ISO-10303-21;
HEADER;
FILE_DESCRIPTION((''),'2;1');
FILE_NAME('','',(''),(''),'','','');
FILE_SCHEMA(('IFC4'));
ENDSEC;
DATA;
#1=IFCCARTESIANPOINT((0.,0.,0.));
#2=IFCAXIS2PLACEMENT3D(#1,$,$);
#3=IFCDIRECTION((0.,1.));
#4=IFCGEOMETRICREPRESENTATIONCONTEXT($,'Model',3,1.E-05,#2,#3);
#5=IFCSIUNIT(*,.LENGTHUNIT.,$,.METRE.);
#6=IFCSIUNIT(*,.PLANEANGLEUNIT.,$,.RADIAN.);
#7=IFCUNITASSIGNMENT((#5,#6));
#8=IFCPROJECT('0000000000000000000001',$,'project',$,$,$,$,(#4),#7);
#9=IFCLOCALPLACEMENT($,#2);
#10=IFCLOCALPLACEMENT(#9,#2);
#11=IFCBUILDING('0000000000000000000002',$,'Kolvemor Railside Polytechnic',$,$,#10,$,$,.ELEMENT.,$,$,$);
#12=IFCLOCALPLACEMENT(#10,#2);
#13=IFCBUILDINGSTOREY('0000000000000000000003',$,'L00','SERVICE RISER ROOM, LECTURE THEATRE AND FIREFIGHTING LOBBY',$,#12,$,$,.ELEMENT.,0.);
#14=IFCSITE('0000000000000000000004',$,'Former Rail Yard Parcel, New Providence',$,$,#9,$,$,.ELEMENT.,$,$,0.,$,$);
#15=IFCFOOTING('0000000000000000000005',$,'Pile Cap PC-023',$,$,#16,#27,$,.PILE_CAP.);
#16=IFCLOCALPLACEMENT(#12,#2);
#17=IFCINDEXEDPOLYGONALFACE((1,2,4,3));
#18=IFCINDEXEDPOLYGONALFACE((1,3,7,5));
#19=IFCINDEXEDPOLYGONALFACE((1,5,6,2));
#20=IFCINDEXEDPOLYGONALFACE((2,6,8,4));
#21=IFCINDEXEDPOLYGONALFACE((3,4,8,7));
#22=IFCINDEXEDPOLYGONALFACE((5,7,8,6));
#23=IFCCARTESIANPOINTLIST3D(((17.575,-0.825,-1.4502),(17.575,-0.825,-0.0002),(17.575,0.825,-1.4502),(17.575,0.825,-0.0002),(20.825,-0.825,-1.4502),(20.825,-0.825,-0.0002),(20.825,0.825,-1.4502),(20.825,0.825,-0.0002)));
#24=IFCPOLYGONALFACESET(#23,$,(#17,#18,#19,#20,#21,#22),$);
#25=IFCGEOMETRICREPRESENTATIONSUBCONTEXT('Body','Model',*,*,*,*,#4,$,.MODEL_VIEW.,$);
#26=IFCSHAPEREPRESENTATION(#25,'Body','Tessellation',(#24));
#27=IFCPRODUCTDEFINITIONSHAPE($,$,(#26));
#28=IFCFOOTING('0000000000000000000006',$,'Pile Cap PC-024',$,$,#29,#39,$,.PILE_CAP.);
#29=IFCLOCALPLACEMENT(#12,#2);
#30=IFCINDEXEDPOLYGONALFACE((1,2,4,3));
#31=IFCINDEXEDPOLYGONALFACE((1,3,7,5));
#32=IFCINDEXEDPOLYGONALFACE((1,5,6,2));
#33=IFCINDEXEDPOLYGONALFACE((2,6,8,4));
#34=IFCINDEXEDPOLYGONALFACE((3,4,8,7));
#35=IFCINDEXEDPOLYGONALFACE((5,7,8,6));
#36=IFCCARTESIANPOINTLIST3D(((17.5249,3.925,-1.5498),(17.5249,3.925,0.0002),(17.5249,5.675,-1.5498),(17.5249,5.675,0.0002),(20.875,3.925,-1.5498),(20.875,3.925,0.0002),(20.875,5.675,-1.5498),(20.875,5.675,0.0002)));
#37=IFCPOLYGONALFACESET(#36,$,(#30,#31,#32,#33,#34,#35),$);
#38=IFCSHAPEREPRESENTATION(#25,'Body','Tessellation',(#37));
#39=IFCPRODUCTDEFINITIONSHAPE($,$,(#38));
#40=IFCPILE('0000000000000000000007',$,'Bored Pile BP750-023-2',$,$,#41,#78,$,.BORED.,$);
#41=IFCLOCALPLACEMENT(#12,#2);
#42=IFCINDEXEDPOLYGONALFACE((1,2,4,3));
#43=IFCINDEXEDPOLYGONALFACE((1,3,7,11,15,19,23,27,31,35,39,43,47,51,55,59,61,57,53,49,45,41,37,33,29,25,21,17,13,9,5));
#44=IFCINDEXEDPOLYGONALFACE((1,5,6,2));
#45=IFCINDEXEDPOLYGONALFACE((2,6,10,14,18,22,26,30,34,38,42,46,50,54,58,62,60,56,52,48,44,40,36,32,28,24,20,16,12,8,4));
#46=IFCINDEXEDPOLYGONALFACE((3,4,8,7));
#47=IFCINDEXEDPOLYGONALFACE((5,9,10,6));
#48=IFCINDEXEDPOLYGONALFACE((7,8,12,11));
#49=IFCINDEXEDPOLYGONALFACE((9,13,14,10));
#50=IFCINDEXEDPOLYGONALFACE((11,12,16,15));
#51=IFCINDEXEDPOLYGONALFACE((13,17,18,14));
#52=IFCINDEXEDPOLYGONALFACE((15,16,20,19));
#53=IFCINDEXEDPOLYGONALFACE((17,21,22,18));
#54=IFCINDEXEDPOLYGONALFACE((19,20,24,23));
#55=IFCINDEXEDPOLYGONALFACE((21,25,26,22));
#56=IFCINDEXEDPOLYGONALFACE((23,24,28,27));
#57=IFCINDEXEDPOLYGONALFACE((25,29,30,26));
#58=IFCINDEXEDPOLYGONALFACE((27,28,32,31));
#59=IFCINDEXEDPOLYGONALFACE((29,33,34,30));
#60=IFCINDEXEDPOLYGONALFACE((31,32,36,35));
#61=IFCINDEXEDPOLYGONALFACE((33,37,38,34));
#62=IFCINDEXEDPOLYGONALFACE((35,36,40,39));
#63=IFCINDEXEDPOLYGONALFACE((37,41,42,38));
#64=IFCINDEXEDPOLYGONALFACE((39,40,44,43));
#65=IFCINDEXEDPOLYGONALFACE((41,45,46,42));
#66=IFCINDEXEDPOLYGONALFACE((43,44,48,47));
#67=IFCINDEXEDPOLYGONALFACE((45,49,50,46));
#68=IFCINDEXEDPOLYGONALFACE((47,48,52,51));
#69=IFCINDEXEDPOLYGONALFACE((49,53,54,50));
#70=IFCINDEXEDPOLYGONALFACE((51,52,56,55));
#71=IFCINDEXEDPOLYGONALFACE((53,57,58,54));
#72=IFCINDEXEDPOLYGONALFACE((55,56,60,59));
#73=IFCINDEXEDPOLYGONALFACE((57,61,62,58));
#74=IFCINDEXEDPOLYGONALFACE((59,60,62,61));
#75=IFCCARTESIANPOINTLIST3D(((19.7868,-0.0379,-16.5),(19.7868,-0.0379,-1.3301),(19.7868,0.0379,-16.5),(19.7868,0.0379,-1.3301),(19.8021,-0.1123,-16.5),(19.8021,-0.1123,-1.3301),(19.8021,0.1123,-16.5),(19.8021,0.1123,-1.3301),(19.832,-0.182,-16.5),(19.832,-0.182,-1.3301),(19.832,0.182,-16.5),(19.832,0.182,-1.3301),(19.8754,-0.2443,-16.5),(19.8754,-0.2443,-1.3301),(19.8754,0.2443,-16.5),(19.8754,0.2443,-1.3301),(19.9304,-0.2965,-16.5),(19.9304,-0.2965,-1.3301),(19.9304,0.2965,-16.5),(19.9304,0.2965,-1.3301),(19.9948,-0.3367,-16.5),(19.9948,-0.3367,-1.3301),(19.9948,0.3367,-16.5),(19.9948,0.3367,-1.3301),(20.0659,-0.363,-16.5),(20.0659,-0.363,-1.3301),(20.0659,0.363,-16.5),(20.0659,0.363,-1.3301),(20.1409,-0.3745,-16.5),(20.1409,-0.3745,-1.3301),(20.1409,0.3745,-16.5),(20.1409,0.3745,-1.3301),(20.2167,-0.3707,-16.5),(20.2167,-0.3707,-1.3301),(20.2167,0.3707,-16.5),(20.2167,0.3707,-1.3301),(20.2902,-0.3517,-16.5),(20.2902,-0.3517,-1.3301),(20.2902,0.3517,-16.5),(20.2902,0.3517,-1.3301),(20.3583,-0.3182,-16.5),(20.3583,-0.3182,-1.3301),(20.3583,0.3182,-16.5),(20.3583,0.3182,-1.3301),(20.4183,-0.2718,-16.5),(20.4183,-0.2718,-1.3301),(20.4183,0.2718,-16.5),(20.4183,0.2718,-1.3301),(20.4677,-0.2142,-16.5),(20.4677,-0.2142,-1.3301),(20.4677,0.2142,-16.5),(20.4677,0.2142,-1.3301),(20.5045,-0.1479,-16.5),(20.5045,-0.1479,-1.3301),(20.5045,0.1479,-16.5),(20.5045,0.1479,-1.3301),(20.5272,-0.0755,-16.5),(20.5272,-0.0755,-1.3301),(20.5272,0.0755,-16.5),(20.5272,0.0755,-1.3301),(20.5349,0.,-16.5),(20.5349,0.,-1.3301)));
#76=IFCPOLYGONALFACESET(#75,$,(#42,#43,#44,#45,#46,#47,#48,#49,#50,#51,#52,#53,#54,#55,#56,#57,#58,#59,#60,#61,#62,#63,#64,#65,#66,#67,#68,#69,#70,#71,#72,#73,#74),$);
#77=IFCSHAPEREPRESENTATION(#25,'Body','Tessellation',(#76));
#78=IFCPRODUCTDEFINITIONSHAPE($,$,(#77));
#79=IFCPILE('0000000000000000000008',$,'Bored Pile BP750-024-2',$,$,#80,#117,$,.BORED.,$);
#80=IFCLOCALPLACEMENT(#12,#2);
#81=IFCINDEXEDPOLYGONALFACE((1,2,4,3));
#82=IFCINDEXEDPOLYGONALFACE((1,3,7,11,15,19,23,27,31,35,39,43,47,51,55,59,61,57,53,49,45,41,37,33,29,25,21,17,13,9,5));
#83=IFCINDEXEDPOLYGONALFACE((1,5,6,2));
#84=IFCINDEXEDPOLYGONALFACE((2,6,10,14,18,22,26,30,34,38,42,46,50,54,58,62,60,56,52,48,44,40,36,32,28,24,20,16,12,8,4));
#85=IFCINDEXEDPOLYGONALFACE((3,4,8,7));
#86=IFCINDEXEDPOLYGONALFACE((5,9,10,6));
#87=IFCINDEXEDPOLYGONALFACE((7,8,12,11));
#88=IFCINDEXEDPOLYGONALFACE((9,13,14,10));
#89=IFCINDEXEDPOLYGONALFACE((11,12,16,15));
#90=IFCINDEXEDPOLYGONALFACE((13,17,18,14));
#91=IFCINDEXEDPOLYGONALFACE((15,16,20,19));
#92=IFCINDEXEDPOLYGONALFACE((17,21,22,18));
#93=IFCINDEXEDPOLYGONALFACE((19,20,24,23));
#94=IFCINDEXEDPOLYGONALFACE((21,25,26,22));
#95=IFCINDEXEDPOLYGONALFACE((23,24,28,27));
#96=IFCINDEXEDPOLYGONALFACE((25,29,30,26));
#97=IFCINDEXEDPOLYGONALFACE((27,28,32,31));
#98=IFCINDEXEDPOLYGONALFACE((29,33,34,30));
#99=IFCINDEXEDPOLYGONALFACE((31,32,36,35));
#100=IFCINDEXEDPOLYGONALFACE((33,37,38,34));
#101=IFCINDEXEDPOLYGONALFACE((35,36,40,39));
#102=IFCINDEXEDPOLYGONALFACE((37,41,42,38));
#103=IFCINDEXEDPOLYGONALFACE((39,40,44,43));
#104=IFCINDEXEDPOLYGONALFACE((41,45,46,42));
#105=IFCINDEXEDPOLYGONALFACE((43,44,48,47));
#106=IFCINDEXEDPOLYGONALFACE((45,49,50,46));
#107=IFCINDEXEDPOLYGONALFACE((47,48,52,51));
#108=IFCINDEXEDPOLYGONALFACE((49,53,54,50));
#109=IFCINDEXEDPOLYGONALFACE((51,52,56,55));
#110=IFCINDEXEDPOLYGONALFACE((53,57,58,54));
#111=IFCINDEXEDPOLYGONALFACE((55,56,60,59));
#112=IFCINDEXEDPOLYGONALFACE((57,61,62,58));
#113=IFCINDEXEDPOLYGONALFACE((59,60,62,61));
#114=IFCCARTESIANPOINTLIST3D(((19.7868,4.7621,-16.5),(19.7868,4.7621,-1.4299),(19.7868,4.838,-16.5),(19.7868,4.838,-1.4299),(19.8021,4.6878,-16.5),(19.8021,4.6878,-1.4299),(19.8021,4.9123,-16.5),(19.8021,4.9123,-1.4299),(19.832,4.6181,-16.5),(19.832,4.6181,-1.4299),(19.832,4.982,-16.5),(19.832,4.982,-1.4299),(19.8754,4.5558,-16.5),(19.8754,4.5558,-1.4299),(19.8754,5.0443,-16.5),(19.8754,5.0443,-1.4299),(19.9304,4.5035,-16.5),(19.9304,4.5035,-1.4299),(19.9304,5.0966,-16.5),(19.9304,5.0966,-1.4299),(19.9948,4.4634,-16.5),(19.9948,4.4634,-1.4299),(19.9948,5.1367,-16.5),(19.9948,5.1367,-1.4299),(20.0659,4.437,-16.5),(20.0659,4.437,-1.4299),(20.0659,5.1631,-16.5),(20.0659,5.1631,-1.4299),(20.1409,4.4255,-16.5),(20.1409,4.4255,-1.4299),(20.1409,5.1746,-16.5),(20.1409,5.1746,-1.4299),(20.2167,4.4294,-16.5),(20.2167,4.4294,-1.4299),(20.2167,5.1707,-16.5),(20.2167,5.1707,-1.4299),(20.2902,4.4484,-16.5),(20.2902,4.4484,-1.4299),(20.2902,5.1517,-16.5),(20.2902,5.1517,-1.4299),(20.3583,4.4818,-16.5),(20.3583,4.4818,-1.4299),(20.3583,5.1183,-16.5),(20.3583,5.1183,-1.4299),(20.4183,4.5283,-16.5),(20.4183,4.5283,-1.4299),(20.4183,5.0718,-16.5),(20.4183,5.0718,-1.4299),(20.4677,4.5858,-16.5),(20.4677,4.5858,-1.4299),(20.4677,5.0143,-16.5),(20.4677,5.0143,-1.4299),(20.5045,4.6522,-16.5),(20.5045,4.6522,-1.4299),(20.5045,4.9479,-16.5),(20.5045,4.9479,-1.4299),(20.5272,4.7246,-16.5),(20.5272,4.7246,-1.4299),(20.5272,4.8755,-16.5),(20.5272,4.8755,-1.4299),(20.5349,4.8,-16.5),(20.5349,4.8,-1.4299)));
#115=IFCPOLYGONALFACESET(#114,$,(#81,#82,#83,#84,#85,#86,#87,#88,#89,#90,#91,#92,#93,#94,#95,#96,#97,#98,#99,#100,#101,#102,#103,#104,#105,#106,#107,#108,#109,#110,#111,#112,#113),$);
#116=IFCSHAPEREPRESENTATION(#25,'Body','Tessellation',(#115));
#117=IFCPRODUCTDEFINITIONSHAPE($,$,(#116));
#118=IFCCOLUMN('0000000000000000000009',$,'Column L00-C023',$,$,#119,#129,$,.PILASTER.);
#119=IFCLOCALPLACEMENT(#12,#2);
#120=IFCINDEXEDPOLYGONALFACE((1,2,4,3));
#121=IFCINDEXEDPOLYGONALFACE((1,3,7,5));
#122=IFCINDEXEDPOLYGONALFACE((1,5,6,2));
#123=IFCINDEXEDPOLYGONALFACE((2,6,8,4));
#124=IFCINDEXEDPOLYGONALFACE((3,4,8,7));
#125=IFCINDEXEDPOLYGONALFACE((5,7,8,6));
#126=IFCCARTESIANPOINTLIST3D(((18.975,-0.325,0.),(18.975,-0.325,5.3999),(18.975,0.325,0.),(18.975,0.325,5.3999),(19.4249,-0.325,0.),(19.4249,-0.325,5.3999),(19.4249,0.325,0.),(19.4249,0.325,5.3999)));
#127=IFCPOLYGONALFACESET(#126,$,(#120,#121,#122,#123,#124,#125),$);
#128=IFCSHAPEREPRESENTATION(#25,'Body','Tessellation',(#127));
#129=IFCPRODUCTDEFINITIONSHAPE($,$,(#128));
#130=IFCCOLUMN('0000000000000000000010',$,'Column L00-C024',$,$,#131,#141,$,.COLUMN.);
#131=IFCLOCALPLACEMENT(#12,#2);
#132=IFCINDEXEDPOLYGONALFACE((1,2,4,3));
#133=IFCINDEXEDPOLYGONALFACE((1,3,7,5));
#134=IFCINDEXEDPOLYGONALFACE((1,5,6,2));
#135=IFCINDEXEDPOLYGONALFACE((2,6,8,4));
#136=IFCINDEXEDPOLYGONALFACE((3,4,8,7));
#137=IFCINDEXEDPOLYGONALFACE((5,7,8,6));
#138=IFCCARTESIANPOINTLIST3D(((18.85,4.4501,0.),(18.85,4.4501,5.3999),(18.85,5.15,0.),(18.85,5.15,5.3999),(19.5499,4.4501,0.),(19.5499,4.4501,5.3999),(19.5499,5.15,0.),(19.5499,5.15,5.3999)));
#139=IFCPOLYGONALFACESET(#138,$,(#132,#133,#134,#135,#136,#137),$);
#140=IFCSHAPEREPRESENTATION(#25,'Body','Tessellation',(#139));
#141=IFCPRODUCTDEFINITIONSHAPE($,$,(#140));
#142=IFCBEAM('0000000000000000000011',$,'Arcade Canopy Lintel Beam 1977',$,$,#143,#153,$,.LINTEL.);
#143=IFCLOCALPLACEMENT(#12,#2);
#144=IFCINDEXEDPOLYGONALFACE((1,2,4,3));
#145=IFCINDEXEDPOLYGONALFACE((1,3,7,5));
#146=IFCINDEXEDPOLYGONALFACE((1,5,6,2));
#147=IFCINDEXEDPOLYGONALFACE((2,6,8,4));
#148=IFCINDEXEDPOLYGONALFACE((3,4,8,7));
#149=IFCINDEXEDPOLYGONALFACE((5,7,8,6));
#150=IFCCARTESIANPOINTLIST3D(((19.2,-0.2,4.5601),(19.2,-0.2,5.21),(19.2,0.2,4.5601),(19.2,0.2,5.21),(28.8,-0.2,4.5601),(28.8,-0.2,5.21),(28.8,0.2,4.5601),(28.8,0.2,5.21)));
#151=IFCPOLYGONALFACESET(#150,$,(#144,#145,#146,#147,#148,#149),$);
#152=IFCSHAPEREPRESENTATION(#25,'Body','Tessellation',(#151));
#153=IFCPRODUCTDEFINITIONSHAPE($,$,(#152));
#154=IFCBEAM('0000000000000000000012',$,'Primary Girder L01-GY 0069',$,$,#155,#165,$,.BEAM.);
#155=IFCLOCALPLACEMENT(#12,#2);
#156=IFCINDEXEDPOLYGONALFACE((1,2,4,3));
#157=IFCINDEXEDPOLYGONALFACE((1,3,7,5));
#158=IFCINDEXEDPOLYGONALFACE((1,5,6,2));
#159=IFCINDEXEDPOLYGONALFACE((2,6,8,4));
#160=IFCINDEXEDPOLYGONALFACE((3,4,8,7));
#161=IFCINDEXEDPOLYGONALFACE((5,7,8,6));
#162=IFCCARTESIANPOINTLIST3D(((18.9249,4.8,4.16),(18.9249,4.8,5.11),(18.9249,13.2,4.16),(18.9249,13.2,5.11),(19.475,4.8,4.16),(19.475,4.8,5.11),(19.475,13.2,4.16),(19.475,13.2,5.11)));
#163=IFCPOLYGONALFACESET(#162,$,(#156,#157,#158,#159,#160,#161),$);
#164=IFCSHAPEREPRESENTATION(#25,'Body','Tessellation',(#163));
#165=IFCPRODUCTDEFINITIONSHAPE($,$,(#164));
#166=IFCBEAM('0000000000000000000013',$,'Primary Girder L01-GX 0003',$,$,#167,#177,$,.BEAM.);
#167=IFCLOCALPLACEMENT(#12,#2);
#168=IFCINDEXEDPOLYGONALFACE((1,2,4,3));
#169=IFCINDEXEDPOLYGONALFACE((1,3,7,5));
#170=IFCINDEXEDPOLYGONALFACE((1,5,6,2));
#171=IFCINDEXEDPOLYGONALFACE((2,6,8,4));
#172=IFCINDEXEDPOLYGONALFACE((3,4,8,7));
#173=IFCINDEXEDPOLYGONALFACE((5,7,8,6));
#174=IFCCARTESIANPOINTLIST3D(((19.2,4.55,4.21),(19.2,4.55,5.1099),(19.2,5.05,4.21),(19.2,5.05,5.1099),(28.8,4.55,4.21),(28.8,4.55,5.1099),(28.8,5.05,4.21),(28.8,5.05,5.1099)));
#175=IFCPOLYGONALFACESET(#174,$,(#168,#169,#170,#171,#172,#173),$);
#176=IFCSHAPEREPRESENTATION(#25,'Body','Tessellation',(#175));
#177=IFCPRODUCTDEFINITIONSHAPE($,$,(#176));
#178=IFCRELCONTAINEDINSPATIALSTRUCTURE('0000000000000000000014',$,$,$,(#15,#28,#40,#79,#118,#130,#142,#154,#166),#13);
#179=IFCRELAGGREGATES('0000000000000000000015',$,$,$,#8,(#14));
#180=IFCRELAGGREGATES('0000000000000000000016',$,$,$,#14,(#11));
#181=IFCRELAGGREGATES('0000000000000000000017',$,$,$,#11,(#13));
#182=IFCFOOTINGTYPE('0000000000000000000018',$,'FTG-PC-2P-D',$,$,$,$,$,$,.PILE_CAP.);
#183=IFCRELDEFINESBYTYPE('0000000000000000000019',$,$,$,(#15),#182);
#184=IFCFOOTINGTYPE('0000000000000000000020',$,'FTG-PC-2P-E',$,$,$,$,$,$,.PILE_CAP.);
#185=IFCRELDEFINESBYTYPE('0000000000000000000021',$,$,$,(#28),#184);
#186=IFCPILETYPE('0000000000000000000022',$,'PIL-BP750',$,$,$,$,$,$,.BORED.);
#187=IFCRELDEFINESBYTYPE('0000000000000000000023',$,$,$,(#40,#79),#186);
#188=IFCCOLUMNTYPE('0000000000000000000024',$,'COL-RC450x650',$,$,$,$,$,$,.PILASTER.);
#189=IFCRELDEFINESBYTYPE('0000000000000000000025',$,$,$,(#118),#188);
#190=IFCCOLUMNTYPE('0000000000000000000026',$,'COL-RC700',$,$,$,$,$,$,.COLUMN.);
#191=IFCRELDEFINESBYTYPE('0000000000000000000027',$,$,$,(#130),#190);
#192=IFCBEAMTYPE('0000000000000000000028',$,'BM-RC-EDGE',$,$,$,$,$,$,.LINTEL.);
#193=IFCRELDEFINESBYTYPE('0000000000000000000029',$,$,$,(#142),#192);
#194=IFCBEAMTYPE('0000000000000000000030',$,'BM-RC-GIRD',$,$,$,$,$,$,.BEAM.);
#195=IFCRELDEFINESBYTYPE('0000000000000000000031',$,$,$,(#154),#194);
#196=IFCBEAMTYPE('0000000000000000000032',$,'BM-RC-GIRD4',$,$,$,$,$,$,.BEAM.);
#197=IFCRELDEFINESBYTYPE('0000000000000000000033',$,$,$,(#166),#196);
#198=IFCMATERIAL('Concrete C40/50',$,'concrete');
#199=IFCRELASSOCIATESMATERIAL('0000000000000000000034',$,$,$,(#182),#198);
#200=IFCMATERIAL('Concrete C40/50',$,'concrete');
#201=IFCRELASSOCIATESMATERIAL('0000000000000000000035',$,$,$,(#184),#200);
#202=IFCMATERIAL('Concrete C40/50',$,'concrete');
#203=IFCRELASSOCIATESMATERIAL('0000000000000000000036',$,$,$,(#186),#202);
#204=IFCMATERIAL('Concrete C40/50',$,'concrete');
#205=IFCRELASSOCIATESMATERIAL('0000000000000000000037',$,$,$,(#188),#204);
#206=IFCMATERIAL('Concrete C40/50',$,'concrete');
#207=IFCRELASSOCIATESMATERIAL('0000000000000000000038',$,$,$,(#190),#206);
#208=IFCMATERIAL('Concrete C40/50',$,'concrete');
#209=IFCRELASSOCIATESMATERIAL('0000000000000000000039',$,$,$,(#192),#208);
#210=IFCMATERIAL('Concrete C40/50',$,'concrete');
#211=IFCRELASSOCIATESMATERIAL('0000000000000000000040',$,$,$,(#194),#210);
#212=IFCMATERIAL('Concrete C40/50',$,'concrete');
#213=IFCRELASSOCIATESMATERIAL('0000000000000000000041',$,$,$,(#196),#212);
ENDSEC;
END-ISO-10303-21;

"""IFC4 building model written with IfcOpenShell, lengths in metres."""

from ifc_helpers import new_model, si_unit, direction, frame, origin, origin_2d, place, context, subcontext, project, spatial, rectangle, circle, extrude, material, material_profile, profile_set, type_object, element, save


model = new_model("IFC4")

# Units and contexts
model_context = context("Model", 3, precision=1e-05, world=origin(), true_north=direction((0.0, 1.0)))
body_context = subcontext(model_context, "Body", "Model", "MODEL_VIEW")
ifc_project = project(units=[si_unit("LENGTHUNIT", "METRE"), si_unit("PLANEANGLEUNIT", "RADIAN")], contexts=[model_context])

# Site, building, storey
site_placement = place(None, origin())
site = spatial("IfcSite", under=ifc_project, at=site_placement, Name="Former Rail Yard Parcel, New Providence", CompositionType="ELEMENT", RefElevation=0.0)
building_placement = place(site_placement, origin())
building = spatial("IfcBuilding", under=site, at=building_placement, Name="Kolvemor Railside Polytechnic", CompositionType="ELEMENT")
storey_placement = place(building_placement, origin())
storey = spatial("IfcBuildingStorey", under=building, at=storey_placement, Name="L00", Description="SERVICE RISER ROOM, LECTURE THEATRE AND FIREFIGHTING LOBBY", CompositionType="ELEMENT", Elevation=0.0)

# Footings
ifc_material_1 = material(Name="Concrete C40/50", Category="concrete")
footing_type_1 = type_object("IfcFootingType", Name="FTG-PC-2P-D", PredefinedType="PILE_CAP", material=ifc_material_1)
footing_1_placement = place(storey_placement, frame((19.2, 0.0, -1.4502), z_axis=(0.0, 0.0, 1.0), x_axis=(1.0, 0.0, 0.0)))
element("IfcFooting", 1, at=footing_1_placement, inside=storey, type_object=footing_type_1, Name="Pile Cap PC-023", PredefinedType="PILE_CAP", context=body_context, shape_type="SweptSolid", body=[
    extrude(rectangle(XDim=3.25, YDim=1.6499, at=origin_2d()), origin(), (0.0, 0.0, 1.0), 1.45),
])
ifc_material_2 = material(Name="Concrete C40/50", Category="concrete")
footing_type_2 = type_object("IfcFootingType", Name="FTG-PC-2P-E", PredefinedType="PILE_CAP", material=ifc_material_2)
footing_2_placement = place(storey_placement, frame((19.2, 4.8, -1.5498), z_axis=(0.0, 0.0, 1.0), x_axis=(1.0, 0.0, 0.0)))
element("IfcFooting", 2, at=footing_2_placement, inside=storey, type_object=footing_type_2, Name="Pile Cap PC-024", PredefinedType="PILE_CAP", context=body_context, shape_type="SweptSolid", body=[
    extrude(rectangle(XDim=3.3501, YDim=1.75, at=origin_2d()), origin(), (0.0, 0.0, 1.0), 1.55),
])

# Piles
ifc_material_3 = material(Name="Concrete C40/50", Category="concrete")
ifc_material_profile_1 = material_profile(ifc_material_3, circle(Radius=0.375, at=origin_2d()), Name="BP750")
ifc_profile_set_1 = profile_set([ifc_material_profile_1], Name="Concrete C40/50")
pile_type = type_object("IfcPileType", Name="PIL-BP750", PredefinedType="BORED", material=ifc_profile_set_1)
pile_1_placement = place(storey_placement, frame((20.1599, 0.0, -1.3301), z_axis=(0.0, 0.0, -1.0), x_axis=(1.0, 0.0, 0.0)))
element("IfcPile", 3, at=pile_1_placement, inside=storey, type_object=pile_type, Name="Bored Pile BP750-023-2", PredefinedType="BORED", context=body_context, shape_type="SweptSolid", body=[
    extrude(circle(Radius=0.375, at=origin_2d()), origin(), (0.0, 0.0, 1.0), 15.1699),
])
pile_2_placement = place(storey_placement, frame((20.1599, 4.8, -1.4299), z_axis=(0.0, 0.0, -1.0), x_axis=(1.0, 0.0, 0.0)))
element("IfcPile", 4, at=pile_2_placement, inside=storey, type_object=pile_type, Name="Bored Pile BP750-024-2", PredefinedType="BORED", context=body_context, shape_type="SweptSolid", body=[
    extrude(circle(Radius=0.375, at=origin_2d()), origin(), (0.0, 0.0, 1.0), 15.0701),
])

# Columns
ifc_material_4 = material(Name="Concrete C40/50", Category="concrete")
ifc_material_profile_2 = material_profile(ifc_material_4, rectangle(XDim=0.45, YDim=0.6499, at=origin_2d()), Name="RC450x650")
ifc_profile_set_2 = profile_set([ifc_material_profile_2], Name="Concrete C40/50")
column_type_1 = type_object("IfcColumnType", Name="COL-RC450x650", PredefinedType="PILASTER", material=ifc_profile_set_2)
column_1_placement = place(storey_placement, frame((19.2, 0.0, 0.0), z_axis=(0.0, 0.0, 1.0), x_axis=(1.0, 0.0, 0.0)))
element("IfcColumn", 5, at=column_1_placement, inside=storey, type_object=column_type_1, Name="Column L00-C023", PredefinedType="PILASTER", context=body_context, shape_type="SweptSolid", body=[
    extrude(rectangle(XDim=0.45, YDim=0.6499, at=origin_2d()), origin(), (0.0, 0.0, 1.0), 5.3999),
])
ifc_material_5 = material(Name="Concrete C40/50", Category="concrete")
ifc_material_profile_3 = material_profile(ifc_material_5, rectangle(XDim=0.7, YDim=0.7, at=origin_2d()), Name="RC700x700")
ifc_profile_set_3 = profile_set([ifc_material_profile_3], Name="Concrete C40/50")
column_type_2 = type_object("IfcColumnType", Name="COL-RC700", PredefinedType="COLUMN", material=ifc_profile_set_3)
column_2_placement = place(storey_placement, frame((19.2, 4.8, 0.0), z_axis=(0.0, 0.0, 1.0), x_axis=(1.0, 0.0, 0.0)))
element("IfcColumn", 6, at=column_2_placement, inside=storey, type_object=column_type_2, Name="Column L00-C024", PredefinedType="COLUMN", context=body_context, shape_type="SweptSolid", body=[
    extrude(rectangle(XDim=0.7, YDim=0.7, at=origin_2d()), origin(), (0.0, 0.0, 1.0), 5.3999),
])

# Beams
ifc_material_6 = material(Name="Concrete C40/50", Category="concrete")
ifc_material_profile_4 = material_profile(ifc_material_6, rectangle(XDim=0.3999, YDim=0.6499, at=origin_2d()), Name="RC400x650")
ifc_profile_set_4 = profile_set([ifc_material_profile_4], Name="Concrete C40/50")
beam_type_1 = type_object("IfcBeamType", Name="BM-RC-EDGE", PredefinedType="LINTEL", material=ifc_profile_set_4)
beam_1_placement = place(storey_placement, frame((19.2, 0.0, 4.885), z_axis=(1.0, 0.0, 0.0), x_axis=(0.0, 1.0, 0.0)))
element("IfcBeam", 7, at=beam_1_placement, inside=storey, type_object=beam_type_1, Name="Arcade Canopy Lintel Beam 1977", PredefinedType="LINTEL", context=body_context, shape_type="SweptSolid", body=[
    extrude(rectangle(XDim=0.3999, YDim=0.6499, at=origin_2d()), origin(), (0.0, 0.0, 1.0), 9.6001),
])
ifc_material_7 = material(Name="Concrete C40/50", Category="concrete")
ifc_material_profile_5 = material_profile(ifc_material_7, rectangle(XDim=0.55, YDim=0.95, at=origin_2d()), Name="RC550x950")
ifc_profile_set_5 = profile_set([ifc_material_profile_5], Name="Concrete C40/50")
beam_type_2 = type_object("IfcBeamType", Name="BM-RC-GIRD", PredefinedType="BEAM", material=ifc_profile_set_5)
beam_2_placement = place(storey_placement, frame((19.2, 4.8, 4.635), z_axis=(0.0, 1.0, 0.0), x_axis=(-1.0, 0.0, 0.0)))
element("IfcBeam", 8, at=beam_2_placement, inside=storey, type_object=beam_type_2, Name="Primary Girder L01-GY 0069", PredefinedType="BEAM", context=body_context, shape_type="SweptSolid", body=[
    extrude(rectangle(XDim=0.55, YDim=0.95, at=origin_2d()), origin(), (0.0, 0.0, 1.0), 8.3999),
])
ifc_material_8 = material(Name="Concrete C40/50", Category="concrete")
ifc_material_profile_6 = material_profile(ifc_material_8, rectangle(XDim=0.5, YDim=0.8999, at=origin_2d()), Name="RC500x900")
ifc_profile_set_6 = profile_set([ifc_material_profile_6], Name="Concrete C40/50")
beam_type_3 = type_object("IfcBeamType", Name="BM-RC-GIRD4", PredefinedType="BEAM", material=ifc_profile_set_6)
beam_3_placement = place(storey_placement, frame((19.2, 4.8, 4.6599), z_axis=(1.0, 0.0, 0.0), x_axis=(0.0, 1.0, 0.0)))
element("IfcBeam", 9, at=beam_3_placement, inside=storey, type_object=beam_type_3, Name="Primary Girder L01-GX 0003", PredefinedType="BEAM", context=body_context, shape_type="SweptSolid", body=[
    extrude(rectangle(XDim=0.5, YDim=0.8999, at=origin_2d()), origin(), (0.0, 0.0, 1.0), 9.6001),
])

save(model, "model.ifc")
